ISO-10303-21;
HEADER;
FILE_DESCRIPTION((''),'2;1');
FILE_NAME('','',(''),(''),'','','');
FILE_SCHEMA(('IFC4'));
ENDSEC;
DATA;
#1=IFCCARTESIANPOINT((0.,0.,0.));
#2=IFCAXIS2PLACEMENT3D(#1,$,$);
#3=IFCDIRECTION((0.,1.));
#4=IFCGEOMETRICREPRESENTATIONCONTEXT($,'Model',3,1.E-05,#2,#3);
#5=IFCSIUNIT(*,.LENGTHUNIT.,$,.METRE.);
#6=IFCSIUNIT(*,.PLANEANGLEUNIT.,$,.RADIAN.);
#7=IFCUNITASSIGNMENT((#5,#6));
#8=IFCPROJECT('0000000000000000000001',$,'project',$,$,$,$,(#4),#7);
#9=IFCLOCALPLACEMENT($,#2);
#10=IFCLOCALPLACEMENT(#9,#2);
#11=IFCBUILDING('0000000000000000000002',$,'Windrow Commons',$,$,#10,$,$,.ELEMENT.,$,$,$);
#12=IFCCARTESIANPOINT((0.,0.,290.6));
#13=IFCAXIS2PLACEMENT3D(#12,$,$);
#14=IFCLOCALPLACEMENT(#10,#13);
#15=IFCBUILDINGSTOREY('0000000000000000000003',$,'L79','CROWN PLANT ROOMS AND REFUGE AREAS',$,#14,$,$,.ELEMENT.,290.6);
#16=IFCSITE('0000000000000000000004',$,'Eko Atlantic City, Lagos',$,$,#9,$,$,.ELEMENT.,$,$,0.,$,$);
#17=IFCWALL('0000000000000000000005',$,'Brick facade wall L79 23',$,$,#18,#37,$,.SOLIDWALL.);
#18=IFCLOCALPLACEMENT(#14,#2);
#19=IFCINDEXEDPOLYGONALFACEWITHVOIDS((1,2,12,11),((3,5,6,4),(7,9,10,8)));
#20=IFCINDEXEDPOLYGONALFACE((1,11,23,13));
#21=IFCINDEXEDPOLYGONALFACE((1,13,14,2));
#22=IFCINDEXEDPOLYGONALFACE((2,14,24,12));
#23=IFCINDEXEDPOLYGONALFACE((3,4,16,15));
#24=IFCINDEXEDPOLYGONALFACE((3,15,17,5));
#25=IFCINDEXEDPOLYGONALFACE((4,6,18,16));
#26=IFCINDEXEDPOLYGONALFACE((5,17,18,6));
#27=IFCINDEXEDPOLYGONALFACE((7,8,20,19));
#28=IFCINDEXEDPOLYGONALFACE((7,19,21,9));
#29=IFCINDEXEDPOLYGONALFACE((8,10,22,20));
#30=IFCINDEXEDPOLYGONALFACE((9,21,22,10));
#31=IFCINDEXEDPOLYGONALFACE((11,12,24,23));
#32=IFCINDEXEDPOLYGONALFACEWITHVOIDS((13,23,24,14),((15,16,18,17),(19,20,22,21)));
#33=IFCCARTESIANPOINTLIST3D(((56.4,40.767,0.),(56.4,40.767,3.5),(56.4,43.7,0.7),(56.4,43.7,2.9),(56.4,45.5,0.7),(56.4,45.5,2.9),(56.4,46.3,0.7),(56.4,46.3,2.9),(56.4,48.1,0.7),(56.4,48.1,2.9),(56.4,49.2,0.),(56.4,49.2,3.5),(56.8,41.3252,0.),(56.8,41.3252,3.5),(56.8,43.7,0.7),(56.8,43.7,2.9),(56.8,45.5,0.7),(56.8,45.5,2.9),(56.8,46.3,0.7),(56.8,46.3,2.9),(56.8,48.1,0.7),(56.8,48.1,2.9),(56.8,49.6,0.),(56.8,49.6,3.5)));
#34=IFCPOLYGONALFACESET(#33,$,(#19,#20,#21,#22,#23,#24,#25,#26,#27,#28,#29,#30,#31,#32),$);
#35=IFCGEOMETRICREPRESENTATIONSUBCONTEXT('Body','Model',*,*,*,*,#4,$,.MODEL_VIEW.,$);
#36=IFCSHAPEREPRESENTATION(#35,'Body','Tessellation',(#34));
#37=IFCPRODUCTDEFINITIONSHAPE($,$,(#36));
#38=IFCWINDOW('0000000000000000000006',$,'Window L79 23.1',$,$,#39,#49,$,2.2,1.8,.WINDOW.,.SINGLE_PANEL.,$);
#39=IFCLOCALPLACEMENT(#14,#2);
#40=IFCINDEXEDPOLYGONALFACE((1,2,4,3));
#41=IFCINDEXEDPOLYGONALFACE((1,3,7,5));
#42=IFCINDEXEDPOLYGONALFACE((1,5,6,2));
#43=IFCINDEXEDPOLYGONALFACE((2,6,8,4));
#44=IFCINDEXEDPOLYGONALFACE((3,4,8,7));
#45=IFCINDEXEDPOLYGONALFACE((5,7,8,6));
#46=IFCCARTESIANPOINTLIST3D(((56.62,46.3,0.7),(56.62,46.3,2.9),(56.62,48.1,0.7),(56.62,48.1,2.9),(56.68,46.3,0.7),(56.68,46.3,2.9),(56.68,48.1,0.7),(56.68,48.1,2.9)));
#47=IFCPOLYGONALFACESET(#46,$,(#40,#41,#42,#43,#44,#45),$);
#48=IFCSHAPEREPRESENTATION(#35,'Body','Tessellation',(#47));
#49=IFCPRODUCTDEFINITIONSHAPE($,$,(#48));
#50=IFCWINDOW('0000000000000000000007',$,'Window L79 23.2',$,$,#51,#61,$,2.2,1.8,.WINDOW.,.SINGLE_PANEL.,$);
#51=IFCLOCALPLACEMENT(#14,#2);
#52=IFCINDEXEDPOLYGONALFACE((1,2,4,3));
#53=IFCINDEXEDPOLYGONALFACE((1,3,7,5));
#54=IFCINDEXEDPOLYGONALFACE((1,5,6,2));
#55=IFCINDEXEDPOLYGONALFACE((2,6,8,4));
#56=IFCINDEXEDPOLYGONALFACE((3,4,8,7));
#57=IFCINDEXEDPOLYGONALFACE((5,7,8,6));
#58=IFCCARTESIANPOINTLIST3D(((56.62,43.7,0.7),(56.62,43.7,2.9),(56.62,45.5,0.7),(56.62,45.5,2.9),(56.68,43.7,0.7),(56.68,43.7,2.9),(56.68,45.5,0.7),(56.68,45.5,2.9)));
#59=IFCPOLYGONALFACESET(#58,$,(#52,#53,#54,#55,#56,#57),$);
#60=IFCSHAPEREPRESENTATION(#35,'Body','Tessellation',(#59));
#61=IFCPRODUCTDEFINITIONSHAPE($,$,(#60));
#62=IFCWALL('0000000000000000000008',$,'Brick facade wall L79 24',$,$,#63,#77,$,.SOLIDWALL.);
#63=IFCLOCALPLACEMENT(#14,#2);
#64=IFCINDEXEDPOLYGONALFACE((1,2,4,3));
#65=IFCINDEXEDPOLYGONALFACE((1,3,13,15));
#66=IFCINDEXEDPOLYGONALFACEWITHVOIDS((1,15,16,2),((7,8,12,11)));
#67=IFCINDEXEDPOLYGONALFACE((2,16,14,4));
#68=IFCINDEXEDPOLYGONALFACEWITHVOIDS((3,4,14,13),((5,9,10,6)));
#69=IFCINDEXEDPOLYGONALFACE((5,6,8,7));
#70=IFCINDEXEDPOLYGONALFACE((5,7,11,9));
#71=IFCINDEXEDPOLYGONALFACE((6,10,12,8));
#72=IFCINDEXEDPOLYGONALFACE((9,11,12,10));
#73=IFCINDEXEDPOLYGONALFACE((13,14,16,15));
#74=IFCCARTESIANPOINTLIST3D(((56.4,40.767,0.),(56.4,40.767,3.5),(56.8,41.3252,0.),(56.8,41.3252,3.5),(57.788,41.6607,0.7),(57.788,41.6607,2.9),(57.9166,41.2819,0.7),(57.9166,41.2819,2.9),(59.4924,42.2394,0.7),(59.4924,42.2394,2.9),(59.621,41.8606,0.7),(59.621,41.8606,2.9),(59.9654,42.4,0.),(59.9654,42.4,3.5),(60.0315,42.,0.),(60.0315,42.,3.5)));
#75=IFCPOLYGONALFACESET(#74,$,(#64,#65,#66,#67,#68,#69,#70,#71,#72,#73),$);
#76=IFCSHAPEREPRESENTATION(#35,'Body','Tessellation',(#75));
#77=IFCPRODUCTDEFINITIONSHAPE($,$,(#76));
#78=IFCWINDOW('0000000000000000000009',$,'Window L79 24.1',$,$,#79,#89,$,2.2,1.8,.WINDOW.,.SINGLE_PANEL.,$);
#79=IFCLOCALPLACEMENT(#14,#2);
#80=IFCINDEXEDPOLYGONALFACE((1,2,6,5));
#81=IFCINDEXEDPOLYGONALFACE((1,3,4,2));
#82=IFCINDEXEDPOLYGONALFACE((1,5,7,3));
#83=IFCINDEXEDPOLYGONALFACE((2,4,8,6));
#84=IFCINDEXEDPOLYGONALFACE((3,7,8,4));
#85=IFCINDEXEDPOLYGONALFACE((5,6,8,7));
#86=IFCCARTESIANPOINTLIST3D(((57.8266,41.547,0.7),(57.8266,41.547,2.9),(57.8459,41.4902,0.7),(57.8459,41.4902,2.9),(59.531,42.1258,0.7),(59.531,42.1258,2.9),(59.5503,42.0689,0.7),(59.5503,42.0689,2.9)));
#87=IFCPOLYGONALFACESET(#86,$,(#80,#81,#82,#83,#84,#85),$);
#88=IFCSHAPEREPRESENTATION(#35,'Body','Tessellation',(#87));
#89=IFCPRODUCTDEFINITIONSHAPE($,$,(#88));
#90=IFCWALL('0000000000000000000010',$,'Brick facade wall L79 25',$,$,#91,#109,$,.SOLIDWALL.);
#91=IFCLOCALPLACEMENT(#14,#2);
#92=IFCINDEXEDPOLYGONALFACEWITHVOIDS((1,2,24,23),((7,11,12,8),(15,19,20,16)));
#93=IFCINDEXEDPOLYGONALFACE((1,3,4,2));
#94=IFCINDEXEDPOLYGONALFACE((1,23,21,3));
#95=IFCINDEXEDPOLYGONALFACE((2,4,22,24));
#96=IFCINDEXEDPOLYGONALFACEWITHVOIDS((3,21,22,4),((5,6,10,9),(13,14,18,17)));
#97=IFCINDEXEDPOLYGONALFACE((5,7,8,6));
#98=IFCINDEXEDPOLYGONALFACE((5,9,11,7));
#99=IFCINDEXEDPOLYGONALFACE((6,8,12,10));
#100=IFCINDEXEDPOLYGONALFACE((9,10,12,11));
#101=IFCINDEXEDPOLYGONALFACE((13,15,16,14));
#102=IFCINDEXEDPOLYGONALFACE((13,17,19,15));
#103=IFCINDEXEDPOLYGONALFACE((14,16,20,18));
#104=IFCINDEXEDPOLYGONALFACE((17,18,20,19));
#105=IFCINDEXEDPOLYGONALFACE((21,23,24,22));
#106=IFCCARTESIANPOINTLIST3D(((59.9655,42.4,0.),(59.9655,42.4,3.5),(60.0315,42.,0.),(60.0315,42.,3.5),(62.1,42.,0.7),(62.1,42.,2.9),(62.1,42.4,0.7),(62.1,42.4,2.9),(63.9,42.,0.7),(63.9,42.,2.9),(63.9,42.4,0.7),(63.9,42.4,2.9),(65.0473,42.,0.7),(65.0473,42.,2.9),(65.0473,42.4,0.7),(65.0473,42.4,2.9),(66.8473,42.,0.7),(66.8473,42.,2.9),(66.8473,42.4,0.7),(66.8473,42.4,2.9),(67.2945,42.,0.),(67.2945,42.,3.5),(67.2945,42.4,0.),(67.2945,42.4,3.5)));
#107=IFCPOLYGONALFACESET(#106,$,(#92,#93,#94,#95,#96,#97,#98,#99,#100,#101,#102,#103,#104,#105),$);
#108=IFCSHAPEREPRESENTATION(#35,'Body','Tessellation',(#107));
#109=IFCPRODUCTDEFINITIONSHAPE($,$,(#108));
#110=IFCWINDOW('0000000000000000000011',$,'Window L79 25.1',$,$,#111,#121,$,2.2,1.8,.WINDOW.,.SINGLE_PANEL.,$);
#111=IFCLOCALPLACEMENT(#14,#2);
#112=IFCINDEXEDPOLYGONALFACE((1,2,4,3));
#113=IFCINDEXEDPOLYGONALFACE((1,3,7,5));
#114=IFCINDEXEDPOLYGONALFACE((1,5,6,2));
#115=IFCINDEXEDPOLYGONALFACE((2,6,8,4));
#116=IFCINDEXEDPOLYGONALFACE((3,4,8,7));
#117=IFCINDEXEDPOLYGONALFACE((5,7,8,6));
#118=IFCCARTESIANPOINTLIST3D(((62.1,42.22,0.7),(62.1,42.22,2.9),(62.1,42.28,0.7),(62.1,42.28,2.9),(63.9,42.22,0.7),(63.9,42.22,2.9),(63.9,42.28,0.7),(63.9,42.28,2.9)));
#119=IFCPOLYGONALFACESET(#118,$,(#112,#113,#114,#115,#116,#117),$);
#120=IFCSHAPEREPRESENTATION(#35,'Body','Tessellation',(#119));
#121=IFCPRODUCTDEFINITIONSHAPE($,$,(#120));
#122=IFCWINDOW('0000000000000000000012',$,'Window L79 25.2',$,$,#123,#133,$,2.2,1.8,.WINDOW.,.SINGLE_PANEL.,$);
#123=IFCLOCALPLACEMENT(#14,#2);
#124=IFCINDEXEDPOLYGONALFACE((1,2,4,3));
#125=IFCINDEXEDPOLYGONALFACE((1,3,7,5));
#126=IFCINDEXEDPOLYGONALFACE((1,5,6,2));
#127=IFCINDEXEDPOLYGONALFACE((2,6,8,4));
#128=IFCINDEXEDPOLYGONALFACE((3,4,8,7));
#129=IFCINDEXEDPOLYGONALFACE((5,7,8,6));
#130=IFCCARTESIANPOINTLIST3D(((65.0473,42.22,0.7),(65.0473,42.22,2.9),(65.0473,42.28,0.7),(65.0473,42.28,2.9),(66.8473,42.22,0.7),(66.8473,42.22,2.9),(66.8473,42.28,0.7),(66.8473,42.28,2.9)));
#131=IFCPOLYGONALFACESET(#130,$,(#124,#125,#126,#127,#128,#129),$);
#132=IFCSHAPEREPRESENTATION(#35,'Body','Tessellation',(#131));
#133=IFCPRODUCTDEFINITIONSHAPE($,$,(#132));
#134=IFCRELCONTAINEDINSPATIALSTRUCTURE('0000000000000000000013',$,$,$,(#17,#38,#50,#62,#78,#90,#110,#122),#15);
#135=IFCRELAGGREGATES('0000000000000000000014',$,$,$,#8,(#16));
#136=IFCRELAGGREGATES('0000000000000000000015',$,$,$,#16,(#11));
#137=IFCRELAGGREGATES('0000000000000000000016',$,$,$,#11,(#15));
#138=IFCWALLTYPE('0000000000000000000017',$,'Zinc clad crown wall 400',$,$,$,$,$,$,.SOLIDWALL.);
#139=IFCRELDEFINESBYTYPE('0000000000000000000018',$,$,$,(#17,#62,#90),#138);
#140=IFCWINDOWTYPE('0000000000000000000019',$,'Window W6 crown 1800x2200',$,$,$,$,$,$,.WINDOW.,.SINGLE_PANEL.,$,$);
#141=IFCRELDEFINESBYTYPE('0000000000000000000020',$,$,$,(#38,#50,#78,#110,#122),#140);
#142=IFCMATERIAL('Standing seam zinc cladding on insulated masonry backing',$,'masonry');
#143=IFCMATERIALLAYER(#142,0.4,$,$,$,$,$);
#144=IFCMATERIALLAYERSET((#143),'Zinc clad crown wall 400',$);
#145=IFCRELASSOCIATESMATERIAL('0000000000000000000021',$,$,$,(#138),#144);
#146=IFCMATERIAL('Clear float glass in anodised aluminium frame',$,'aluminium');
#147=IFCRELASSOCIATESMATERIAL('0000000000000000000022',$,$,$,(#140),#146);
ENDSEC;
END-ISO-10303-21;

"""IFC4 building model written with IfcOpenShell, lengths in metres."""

from ifc_helpers import new_model, si_unit, direction, frame, frame_2d, origin, place, context, subcontext, project, spatial, polyline, rectangle, outline, extrude, material, layer, layer_set, type_object, element, fill, save


model = new_model("IFC4")

# Units and contexts
model_context = context("Model", 3, precision=1e-05, world=origin(), true_north=direction((0.0, 1.0)))
body_context = subcontext(model_context, "Body", "Model", "MODEL_VIEW")
ifc_project = project(units=[si_unit("LENGTHUNIT", "METRE"), si_unit("PLANEANGLEUNIT", "RADIAN")], contexts=[model_context])

# Site, building, storey
site_placement = place(None, origin())
site = spatial("IfcSite", under=ifc_project, at=site_placement, Name="Eko Atlantic City, Lagos", CompositionType="ELEMENT", RefElevation=0.0)
building_placement = place(site_placement, origin())
building = spatial("IfcBuilding", under=site, at=building_placement, Name="Windrow Commons", CompositionType="ELEMENT")
storey_placement = place(building_placement, frame((0.0, 0.0, 290.6)))
storey = spatial("IfcBuildingStorey", under=building, at=storey_placement, Name="L79", Description="CROWN PLANT ROOMS AND REFUGE AREAS", CompositionType="ELEMENT", Elevation=290.6)

# Wall, openings, windows
ifc_material_1 = material(Name="Standing seam zinc cladding on insulated masonry backing", Category="masonry")
ifc_layer_1 = layer(ifc_material_1, 0.4)
ifc_layer_set_1 = layer_set([ifc_layer_1], Name="Zinc clad crown wall 400")
wall_type_1 = type_object("IfcWallType", Name="Zinc clad crown wall 400", PredefinedType="SOLIDWALL", material=ifc_layer_set_1)
wall_1_placement = place(storey_placement, frame((56.6, 49.4, 0.0), z_axis=(0.0, 0.0, 1.0), x_axis=(0.0, -1.0, 0.0)))
wall_1 = element("IfcWall", 1, at=wall_1_placement, inside=storey, type_object=wall_type_1, Name="Brick facade wall L79 23", PredefinedType="SOLIDWALL", context=body_context, shape_type="SweptSolid", body=[
    extrude(outline(polyline([(0.2, -0.2), (8.633, -0.2), (8.0748, 0.2), (-0.2, 0.2), (0.2, -0.2)])), origin(), (0.0, 0.0, 1.0), 3.5),
])
opening_1_placement = place(wall_1_placement, frame((1.3, 0.0, 0.7)))
opening_1 = element("IfcOpeningElement", 2, at=opening_1_placement, cuts=wall_1, PredefinedType="OPENING", context=body_context, shape_type="SweptSolid", body=[
    extrude(rectangle(XDim=1.8, YDim=2.2, at=frame_2d((0.9, 1.1))), frame((0.0, 0.21, 0.0), z_axis=(0.0, -1.0, 0.0), x_axis=(1.0, 0.0, 0.0)), (0.0, 0.0, 1.0), 0.42),
])
opening_2_placement = place(wall_1_placement, frame((3.9, 0.0, 0.7)))
opening_2 = element("IfcOpeningElement", 3, at=opening_2_placement, cuts=wall_1, PredefinedType="OPENING", context=body_context, shape_type="SweptSolid", body=[
    extrude(rectangle(XDim=1.8, YDim=2.2, at=frame_2d((0.9, 1.1))), frame((0.0, 0.21, 0.0), z_axis=(0.0, -1.0, 0.0), x_axis=(1.0, 0.0, 0.0)), (0.0, 0.0, 1.0), 0.42),
])
ifc_material_2 = material(Name="Clear float glass in anodised aluminium frame", Category="aluminium")
window_type = type_object("IfcWindowType", Name="Window W6 crown 1800x2200", PartitioningType="SINGLE_PANEL", PredefinedType="WINDOW", material=ifc_material_2)
window_1_placement = place(opening_1_placement, origin())
window_1 = element("IfcWindow", 4, at=window_1_placement, inside=storey, type_object=window_type, Name="Window L79 23.1", OverallHeight=2.2, OverallWidth=1.8, PartitioningType="SINGLE_PANEL", PredefinedType="WINDOW", context=body_context, shape_type="SweptSolid", body=[
    extrude(rectangle(XDim=1.8, YDim=2.2, at=frame_2d((0.9, 1.1))), frame((0.0, 0.08, 0.0), z_axis=(0.0, -1.0, 0.0), x_axis=(1.0, 0.0, 0.0)), (0.0, 0.0, 1.0), 0.06),
])
fill(opening_1, window_1)
window_2_placement = place(opening_2_placement, origin())
window_2 = element("IfcWindow", 5, at=window_2_placement, inside=storey, type_object=window_type, Name="Window L79 23.2", OverallHeight=2.2, OverallWidth=1.8, PartitioningType="SINGLE_PANEL", PredefinedType="WINDOW", context=body_context, shape_type="SweptSolid", body=[
    extrude(rectangle(XDim=1.8, YDim=2.2, at=frame_2d((0.9, 1.1))), frame((0.0, 0.08, 0.0), z_axis=(0.0, -1.0, 0.0), x_axis=(1.0, 0.0, 0.0)), (0.0, 0.0, 1.0), 0.06),
])
fill(opening_2, window_2)

# Wall, opening, window
wall_2_placement = place(storey_placement, frame((56.6, 41.0461, 0.0), z_axis=(0.0, 0.0, 1.0), x_axis=(0.946908, 0.321506, 0.0)))
wall_2 = element("IfcWall", 6, at=wall_2_placement, inside=storey, type_object=wall_type_1, Name="Brick facade wall L79 24", PredefinedType="SOLIDWALL", context=body_context, shape_type="SweptSolid", body=[
    extrude(outline(polyline([(-0.2791, -0.2), (3.556, -0.2), (3.622, 0.2), (0.2791, 0.2), (-0.2791, -0.2)])), origin(), (0.0, 0.0, 1.0), 3.5),
])
opening_3_placement = place(wall_2_placement, frame((1.3225, 0.0, 0.7)))
opening_3 = element("IfcOpeningElement", 7, at=opening_3_placement, cuts=wall_2, PredefinedType="OPENING", context=body_context, shape_type="SweptSolid", body=[
    extrude(rectangle(XDim=1.8, YDim=2.2, at=frame_2d((0.9, 1.1))), frame((0.0, 0.21, 0.0), z_axis=(0.0, -1.0, 0.0), x_axis=(1.0, 0.0, 0.0)), (0.0, 0.0, 1.0), 0.42),
])
window_3_placement = place(opening_3_placement, origin())
window_3 = element("IfcWindow", 8, at=window_3_placement, inside=storey, type_object=window_type, Name="Window L79 24.1", OverallHeight=2.2, OverallWidth=1.8, PartitioningType="SINGLE_PANEL", PredefinedType="WINDOW", context=body_context, shape_type="SweptSolid", body=[
    extrude(rectangle(XDim=1.8, YDim=2.2, at=frame_2d((0.9, 1.1))), frame((0.0, 0.08, 0.0), z_axis=(0.0, -1.0, 0.0), x_axis=(1.0, 0.0, 0.0)), (0.0, 0.0, 1.0), 0.06),
])
fill(opening_3, window_3)

# Wall, openings, windows
wall_3_placement = place(storey_placement, frame((59.9985, 42.2, 0.0), z_axis=(0.0, 0.0, 1.0), x_axis=(1.0, 0.0, 0.0)))
wall_3 = element("IfcWall", 9, at=wall_3_placement, inside=storey, type_object=wall_type_1, Name="Brick facade wall L79 25", PredefinedType="SOLIDWALL", context=body_context, shape_type="SweptSolid", body=[
    extrude(outline(polyline([(0.033, -0.2), (7.296, -0.2), (7.296, 0.2), (-0.033, 0.2), (0.033, -0.2)])), origin(), (0.0, 0.0, 1.0), 3.5),
])
opening_4_placement = place(wall_3_placement, frame((2.1015, 0.0, 0.7)))
opening_4 = element("IfcOpeningElement", 10, at=opening_4_placement, cuts=wall_3, PredefinedType="OPENING", context=body_context, shape_type="SweptSolid", body=[
    extrude(rectangle(XDim=1.8, YDim=2.2, at=frame_2d((0.9, 1.1))), frame((0.0, 0.21, 0.0), z_axis=(0.0, -1.0, 0.0), x_axis=(1.0, 0.0, 0.0)), (0.0, 0.0, 1.0), 0.42),
])
opening_5_placement = place(wall_3_placement, frame((5.0488, 0.0, 0.7)))
opening_5 = element("IfcOpeningElement", 11, at=opening_5_placement, cuts=wall_3, PredefinedType="OPENING", context=body_context, shape_type="SweptSolid", body=[
    extrude(rectangle(XDim=1.8, YDim=2.2, at=frame_2d((0.9, 1.1))), frame((0.0, 0.21, 0.0), z_axis=(0.0, -1.0, 0.0), x_axis=(1.0, 0.0, 0.0)), (0.0, 0.0, 1.0), 0.42),
])
window_4_placement = place(opening_4_placement, origin())
window_4 = element("IfcWindow", 12, at=window_4_placement, inside=storey, type_object=window_type, Name="Window L79 25.1", OverallHeight=2.2, OverallWidth=1.8, PartitioningType="SINGLE_PANEL", PredefinedType="WINDOW", context=body_context, shape_type="SweptSolid", body=[
    extrude(rectangle(XDim=1.8, YDim=2.2, at=frame_2d((0.9, 1.1))), frame((0.0, 0.08, 0.0), z_axis=(0.0, -1.0, 0.0), x_axis=(1.0, 0.0, 0.0)), (0.0, 0.0, 1.0), 0.06),
])
fill(opening_4, window_4)
window_5_placement = place(opening_5_placement, origin())
window_5 = element("IfcWindow", 13, at=window_5_placement, inside=storey, type_object=window_type, Name="Window L79 25.2", OverallHeight=2.2, OverallWidth=1.8, PartitioningType="SINGLE_PANEL", PredefinedType="WINDOW", context=body_context, shape_type="SweptSolid", body=[
    extrude(rectangle(XDim=1.8, YDim=2.2, at=frame_2d((0.9, 1.1))), frame((0.0, 0.08, 0.0), z_axis=(0.0, -1.0, 0.0), x_axis=(1.0, 0.0, 0.0)), (0.0, 0.0, 1.0), 0.06),
])
fill(opening_5, window_5)

save(model, "model.ifc")
